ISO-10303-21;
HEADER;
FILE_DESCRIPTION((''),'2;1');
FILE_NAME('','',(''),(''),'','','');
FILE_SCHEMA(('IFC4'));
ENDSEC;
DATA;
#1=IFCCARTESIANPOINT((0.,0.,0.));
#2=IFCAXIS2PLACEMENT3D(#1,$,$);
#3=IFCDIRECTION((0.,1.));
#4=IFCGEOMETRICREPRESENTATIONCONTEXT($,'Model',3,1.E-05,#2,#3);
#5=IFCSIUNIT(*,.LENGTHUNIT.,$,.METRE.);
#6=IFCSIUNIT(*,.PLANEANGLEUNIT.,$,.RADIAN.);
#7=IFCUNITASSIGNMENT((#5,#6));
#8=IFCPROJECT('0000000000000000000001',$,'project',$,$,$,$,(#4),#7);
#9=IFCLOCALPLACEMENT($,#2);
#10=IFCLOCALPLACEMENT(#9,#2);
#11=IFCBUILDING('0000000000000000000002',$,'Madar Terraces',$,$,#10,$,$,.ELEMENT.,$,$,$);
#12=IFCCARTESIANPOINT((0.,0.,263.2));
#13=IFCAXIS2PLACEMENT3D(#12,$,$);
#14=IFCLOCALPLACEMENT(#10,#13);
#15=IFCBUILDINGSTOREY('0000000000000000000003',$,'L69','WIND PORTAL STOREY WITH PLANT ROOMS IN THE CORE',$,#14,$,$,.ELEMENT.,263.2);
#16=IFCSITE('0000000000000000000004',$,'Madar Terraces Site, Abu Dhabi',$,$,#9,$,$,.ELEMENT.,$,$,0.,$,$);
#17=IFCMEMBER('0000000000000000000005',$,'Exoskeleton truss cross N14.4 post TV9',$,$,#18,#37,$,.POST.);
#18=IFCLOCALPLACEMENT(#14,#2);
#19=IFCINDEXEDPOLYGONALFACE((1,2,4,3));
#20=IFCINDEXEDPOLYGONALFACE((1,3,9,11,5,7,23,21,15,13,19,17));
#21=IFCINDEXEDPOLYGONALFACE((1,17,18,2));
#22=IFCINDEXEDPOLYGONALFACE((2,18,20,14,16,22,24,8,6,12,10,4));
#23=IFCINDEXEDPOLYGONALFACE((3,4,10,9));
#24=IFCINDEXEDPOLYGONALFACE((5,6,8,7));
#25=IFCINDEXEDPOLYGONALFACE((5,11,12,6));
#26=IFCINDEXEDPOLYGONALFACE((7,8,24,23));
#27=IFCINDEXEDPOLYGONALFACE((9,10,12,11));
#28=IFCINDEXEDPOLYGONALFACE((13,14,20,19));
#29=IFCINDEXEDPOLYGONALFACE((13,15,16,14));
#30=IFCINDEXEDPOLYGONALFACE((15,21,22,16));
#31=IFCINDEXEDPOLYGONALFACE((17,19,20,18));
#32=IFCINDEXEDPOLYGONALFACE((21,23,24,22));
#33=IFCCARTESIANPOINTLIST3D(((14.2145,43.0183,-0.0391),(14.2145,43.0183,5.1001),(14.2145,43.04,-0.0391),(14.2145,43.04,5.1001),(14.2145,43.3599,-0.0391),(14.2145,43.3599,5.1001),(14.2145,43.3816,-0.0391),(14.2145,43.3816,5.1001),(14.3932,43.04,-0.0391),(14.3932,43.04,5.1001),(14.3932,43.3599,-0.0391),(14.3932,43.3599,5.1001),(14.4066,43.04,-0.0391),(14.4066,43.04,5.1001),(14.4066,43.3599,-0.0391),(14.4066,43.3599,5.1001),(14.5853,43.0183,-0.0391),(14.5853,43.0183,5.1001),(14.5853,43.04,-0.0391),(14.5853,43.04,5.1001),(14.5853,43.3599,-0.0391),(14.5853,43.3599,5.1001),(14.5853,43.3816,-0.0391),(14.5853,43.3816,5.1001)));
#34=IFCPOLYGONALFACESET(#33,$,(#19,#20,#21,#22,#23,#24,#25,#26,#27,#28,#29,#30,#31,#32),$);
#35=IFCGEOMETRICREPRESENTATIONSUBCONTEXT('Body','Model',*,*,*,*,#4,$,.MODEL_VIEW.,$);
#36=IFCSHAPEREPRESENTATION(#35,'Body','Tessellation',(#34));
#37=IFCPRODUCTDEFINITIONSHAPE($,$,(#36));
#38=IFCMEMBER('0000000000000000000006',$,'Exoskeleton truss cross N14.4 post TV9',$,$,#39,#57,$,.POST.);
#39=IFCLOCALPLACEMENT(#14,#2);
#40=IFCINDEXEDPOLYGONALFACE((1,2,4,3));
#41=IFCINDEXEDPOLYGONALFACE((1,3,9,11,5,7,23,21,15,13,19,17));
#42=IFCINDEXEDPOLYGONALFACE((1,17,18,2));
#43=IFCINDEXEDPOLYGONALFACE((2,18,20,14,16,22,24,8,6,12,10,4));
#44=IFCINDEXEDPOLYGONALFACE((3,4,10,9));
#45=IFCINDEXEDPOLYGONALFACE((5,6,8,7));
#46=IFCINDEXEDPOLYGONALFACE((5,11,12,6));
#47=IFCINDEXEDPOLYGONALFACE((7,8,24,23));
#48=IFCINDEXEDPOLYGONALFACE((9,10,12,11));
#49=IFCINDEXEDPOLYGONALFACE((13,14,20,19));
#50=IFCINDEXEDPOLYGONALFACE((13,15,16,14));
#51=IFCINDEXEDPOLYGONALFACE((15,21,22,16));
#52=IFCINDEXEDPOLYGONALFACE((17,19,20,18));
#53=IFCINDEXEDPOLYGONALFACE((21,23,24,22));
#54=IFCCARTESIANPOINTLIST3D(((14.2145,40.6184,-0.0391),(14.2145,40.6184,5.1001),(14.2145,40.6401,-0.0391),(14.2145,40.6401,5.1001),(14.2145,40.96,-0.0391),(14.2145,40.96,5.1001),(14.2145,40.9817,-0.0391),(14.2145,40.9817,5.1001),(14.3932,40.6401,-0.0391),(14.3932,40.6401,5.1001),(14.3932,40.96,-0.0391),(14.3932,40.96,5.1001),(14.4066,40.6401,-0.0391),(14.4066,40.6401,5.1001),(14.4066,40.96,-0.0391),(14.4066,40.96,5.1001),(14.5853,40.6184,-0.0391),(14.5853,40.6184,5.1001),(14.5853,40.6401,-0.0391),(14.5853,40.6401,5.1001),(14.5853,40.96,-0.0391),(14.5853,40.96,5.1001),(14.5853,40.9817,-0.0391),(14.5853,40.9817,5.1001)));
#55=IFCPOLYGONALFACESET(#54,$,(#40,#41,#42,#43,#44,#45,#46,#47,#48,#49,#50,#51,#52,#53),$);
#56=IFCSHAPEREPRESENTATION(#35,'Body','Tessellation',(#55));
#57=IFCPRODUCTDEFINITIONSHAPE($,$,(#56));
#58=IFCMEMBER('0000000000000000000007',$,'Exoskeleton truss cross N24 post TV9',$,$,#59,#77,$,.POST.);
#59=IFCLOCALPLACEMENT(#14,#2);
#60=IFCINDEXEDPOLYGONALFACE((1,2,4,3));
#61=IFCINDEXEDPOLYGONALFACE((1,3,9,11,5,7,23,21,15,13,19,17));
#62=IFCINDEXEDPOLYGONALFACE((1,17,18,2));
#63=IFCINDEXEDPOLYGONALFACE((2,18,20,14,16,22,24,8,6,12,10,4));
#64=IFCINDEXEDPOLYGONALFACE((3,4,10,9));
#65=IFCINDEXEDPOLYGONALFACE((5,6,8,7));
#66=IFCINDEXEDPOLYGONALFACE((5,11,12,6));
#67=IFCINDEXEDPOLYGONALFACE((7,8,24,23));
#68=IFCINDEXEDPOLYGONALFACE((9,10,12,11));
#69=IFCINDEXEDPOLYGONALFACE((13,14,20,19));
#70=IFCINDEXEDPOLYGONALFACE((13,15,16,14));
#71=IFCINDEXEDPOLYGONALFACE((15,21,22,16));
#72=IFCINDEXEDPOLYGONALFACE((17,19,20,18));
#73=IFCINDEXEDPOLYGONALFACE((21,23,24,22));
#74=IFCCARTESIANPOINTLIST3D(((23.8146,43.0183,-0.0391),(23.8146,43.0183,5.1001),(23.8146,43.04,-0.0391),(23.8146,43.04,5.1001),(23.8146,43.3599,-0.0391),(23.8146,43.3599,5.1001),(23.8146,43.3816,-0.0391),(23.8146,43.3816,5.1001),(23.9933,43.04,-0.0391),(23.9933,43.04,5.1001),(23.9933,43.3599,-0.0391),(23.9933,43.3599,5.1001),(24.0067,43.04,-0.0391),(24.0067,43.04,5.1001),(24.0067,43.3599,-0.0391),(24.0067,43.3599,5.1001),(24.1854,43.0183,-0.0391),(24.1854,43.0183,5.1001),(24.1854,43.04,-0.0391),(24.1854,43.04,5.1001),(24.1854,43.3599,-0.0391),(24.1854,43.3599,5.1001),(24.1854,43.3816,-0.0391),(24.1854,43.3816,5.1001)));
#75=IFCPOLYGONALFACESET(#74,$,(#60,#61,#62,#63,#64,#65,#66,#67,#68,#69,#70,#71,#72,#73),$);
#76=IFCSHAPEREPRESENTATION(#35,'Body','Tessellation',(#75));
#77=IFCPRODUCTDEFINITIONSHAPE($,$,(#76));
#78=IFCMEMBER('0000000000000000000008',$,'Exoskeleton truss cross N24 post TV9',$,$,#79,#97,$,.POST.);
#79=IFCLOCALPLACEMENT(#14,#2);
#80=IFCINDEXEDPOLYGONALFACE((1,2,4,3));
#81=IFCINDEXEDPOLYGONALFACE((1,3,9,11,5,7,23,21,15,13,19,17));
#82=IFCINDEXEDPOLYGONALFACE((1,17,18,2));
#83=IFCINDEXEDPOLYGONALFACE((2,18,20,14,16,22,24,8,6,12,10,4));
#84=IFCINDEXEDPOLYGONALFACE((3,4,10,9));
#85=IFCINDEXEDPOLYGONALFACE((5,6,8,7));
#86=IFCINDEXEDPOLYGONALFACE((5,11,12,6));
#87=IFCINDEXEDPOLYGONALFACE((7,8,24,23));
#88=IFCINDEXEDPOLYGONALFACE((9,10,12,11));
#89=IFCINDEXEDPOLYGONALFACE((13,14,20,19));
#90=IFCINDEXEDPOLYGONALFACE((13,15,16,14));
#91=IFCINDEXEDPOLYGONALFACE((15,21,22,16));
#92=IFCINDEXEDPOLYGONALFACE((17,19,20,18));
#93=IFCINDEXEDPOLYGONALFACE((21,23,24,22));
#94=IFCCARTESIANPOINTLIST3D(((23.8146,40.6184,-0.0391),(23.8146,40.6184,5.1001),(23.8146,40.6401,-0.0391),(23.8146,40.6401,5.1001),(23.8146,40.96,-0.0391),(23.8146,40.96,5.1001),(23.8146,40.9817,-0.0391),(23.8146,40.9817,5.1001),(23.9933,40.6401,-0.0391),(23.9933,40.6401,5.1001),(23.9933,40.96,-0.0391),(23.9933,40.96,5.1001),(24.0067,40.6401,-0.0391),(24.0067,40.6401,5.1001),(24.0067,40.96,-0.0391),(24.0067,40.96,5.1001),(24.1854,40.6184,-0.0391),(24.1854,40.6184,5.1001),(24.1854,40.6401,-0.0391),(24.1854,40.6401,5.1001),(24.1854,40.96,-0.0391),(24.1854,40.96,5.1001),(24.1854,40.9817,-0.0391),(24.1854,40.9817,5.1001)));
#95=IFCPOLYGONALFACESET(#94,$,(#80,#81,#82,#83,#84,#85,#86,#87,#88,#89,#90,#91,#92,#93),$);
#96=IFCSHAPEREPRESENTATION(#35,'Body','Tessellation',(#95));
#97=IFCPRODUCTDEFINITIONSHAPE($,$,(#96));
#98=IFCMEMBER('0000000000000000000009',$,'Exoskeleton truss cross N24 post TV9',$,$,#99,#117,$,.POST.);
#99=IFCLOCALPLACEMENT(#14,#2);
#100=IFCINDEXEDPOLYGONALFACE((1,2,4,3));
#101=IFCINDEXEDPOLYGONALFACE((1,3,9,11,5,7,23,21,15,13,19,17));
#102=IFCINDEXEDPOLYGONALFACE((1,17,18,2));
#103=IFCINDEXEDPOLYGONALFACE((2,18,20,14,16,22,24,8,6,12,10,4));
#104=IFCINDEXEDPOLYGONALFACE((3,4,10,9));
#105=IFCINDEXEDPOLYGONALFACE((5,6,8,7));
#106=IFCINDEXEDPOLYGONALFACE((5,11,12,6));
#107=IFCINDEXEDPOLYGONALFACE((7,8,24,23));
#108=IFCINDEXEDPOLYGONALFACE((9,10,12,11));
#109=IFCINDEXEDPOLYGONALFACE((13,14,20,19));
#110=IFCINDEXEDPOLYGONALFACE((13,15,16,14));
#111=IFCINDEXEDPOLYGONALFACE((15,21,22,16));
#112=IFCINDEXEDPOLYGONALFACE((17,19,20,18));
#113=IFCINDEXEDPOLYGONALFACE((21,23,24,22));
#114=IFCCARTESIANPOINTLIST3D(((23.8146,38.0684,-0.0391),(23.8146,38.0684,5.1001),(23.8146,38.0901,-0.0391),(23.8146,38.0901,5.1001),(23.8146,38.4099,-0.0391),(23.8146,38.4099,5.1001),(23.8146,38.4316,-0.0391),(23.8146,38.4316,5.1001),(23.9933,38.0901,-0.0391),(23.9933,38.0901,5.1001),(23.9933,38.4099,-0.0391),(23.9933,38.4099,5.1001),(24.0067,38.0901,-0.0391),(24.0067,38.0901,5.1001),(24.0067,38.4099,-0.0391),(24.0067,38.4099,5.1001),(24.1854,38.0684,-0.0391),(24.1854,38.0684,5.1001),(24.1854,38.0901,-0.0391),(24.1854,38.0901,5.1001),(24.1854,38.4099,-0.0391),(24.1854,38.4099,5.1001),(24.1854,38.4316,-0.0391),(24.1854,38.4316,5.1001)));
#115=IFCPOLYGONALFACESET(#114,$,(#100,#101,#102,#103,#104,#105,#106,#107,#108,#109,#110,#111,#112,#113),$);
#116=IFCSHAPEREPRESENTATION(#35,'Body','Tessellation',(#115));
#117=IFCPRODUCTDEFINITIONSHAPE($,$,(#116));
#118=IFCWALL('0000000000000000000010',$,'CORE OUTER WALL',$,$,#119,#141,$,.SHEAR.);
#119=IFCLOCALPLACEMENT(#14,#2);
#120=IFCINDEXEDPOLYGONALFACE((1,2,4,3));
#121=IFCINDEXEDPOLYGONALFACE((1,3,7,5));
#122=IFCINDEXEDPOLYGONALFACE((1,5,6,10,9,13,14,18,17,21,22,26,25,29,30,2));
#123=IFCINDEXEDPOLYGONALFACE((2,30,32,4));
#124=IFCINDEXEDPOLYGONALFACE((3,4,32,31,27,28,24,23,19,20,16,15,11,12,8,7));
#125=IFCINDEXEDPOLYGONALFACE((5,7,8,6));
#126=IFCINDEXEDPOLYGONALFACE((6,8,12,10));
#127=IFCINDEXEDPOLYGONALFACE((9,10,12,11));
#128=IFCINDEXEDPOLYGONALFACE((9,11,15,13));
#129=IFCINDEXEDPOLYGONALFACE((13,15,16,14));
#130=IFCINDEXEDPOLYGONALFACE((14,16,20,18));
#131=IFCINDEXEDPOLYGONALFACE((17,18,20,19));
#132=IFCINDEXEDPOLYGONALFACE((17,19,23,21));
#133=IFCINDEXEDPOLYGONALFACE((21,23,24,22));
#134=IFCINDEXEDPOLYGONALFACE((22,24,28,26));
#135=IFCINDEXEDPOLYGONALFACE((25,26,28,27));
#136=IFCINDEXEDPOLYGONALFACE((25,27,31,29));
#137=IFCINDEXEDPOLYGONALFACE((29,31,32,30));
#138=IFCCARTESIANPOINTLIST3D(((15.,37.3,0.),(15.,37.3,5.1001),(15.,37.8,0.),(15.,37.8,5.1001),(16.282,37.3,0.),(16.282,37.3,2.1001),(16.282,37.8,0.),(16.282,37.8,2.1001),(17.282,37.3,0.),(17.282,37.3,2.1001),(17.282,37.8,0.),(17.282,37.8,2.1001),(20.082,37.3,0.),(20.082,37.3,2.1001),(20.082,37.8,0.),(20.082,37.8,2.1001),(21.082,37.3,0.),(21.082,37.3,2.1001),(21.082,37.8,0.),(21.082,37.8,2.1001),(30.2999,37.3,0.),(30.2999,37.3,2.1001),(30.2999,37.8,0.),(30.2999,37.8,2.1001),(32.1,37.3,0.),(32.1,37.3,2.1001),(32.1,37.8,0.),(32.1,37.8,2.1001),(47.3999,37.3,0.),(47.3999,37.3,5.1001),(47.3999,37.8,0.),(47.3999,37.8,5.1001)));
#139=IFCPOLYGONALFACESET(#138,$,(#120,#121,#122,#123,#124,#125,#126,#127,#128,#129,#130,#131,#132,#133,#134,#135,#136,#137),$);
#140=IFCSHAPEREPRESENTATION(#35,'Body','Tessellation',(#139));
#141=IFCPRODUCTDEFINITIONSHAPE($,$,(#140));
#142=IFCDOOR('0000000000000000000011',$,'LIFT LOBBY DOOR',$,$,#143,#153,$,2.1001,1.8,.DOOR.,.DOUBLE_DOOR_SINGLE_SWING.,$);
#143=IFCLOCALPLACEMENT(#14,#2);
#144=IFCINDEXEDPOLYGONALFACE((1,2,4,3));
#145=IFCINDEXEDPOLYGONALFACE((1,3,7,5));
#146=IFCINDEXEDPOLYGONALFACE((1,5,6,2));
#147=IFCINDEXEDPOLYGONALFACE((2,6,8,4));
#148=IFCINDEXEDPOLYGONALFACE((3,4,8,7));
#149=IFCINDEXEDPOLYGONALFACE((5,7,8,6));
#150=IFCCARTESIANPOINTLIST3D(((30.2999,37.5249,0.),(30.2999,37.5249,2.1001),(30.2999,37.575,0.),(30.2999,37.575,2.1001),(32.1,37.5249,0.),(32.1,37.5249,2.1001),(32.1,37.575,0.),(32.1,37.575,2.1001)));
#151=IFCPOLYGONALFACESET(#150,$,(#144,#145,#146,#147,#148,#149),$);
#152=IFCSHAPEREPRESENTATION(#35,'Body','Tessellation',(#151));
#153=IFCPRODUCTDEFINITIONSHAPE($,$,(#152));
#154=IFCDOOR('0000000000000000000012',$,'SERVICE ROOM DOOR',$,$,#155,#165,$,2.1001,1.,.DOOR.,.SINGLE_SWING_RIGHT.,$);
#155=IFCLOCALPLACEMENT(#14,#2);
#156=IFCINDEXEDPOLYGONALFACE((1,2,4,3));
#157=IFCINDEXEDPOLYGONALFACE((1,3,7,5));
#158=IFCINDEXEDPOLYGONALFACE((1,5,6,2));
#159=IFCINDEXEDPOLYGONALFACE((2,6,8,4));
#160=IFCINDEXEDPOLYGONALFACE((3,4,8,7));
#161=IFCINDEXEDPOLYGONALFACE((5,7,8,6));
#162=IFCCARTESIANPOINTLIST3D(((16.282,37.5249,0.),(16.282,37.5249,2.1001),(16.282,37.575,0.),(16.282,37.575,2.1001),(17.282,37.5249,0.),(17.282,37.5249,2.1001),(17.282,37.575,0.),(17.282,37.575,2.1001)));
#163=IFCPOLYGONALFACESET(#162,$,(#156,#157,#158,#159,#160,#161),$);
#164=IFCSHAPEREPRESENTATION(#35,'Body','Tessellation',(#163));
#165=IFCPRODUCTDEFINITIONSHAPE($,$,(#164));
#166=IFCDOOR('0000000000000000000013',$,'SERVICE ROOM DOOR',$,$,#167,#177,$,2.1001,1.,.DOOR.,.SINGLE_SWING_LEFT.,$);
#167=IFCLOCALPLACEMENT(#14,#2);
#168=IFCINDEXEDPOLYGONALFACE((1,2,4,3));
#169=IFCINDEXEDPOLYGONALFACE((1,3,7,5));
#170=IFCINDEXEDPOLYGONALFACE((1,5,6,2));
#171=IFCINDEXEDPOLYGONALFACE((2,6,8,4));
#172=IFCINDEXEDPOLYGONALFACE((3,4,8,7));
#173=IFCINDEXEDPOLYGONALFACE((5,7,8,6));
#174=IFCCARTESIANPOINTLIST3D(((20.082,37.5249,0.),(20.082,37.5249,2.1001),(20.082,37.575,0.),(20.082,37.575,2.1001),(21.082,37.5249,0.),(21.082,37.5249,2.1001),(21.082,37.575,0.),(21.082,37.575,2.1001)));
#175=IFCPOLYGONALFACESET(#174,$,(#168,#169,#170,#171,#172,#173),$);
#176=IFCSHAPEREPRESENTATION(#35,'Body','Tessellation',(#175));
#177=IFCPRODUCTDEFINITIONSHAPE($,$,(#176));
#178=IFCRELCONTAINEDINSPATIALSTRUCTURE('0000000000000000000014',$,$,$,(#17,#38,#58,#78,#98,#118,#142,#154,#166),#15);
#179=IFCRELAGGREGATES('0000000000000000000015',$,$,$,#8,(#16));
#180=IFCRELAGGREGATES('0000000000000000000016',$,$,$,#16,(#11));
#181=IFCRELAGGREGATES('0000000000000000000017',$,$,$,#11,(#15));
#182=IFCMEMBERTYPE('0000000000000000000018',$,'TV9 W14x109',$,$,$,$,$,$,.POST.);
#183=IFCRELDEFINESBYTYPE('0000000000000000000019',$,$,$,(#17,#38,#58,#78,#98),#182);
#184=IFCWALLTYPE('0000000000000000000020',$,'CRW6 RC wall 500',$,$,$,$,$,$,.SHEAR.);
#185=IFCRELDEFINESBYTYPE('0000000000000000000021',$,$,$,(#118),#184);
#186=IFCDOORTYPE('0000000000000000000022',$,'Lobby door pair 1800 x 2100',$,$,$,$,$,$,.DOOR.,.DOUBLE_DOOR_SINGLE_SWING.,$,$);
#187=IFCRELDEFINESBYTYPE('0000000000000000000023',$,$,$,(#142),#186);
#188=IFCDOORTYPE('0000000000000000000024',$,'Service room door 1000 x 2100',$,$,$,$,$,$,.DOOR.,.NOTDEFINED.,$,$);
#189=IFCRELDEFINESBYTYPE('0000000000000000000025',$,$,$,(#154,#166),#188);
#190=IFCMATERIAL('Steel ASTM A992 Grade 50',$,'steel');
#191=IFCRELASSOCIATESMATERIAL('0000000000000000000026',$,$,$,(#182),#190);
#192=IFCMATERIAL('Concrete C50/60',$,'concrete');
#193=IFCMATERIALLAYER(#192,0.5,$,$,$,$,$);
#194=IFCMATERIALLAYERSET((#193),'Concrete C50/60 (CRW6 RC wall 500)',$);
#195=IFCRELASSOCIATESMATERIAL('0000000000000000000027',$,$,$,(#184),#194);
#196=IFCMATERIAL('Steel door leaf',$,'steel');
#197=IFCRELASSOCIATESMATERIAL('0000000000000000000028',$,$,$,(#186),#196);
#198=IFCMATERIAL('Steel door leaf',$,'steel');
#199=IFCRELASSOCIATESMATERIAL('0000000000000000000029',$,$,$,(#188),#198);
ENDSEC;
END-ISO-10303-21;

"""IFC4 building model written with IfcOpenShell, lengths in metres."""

from ifc_helpers import new_model, si_unit, direction, frame, frame_2d, origin, origin_2d, place, context, subcontext, project, spatial, rectangle, i_section, extrude, material, layer, layer_set, material_profile, profile_set, type_object, element, fill, save


model = new_model("IFC4")

# Units and contexts
model_context = context("Model", 3, precision=1e-05, world=origin(), true_north=direction((0.0, 1.0)))
body_context = subcontext(model_context, "Body", "Model", "MODEL_VIEW")
ifc_project = project(units=[si_unit("LENGTHUNIT", "METRE"), si_unit("PLANEANGLEUNIT", "RADIAN")], contexts=[model_context])

# Site, building, storey
site_placement = place(None, origin())
site = spatial("IfcSite", under=ifc_project, at=site_placement, Name="Madar Terraces Site, Abu Dhabi", CompositionType="ELEMENT", RefElevation=0.0)
building_placement = place(site_placement, origin())
building = spatial("IfcBuilding", under=site, at=building_placement, Name="Madar Terraces", CompositionType="ELEMENT")
storey_placement = place(building_placement, frame((0.0, 0.0, 263.2)))
storey = spatial("IfcBuildingStorey", under=building, at=storey_placement, Name="L69", Description="WIND PORTAL STOREY WITH PLANT ROOMS IN THE CORE", CompositionType="ELEMENT", Elevation=263.2)

# Members
ifc_material_1 = material(Name="Steel ASTM A992 Grade 50", Category="steel")
ifc_material_profile_1 = material_profile(ifc_material_1, i_section(OverallWidth=0.3708, OverallDepth=0.3633, WebThickness=0.0134, FlangeThickness=0.0217, at=origin_2d()), Name="W14x109")
ifc_profile_set_1 = profile_set([ifc_material_profile_1], Name="Steel ASTM A992 Grade 50")
member_type_1 = type_object("IfcMemberType", Name="TV9 W14x109", PredefinedType="POST", material=ifc_profile_set_1)
for number, where, z_axis, x_axis, name in (
    (1, (14.3999, 43.2, -0.0391), (0.0, 0.0, 1.0), (-1.0, 0.0, 0.0), "Exoskeleton truss cross N14.4 post TV9"),
    (2, (14.3999, 40.8, -0.0391), (0.0, 0.0, 1.0), (-1.0, 0.0, 0.0), "Exoskeleton truss cross N14.4 post TV9"),
    (3, (24.0, 43.2, -0.0391), (0.0, 0.0, 1.0), (-1.0, 0.0, 0.0), "Exoskeleton truss cross N24 post TV9"),
    (4, (24.0, 40.8, -0.0391), (0.0, 0.0, 1.0), (-1.0, 0.0, 0.0), "Exoskeleton truss cross N24 post TV9"),
    (5, (24.0, 38.25, -0.0391), (0.0, 0.0, 1.0), (-1.0, 0.0, 0.0), "Exoskeleton truss cross N24 post TV9"),
):
    element("IfcMember", number, at=place(storey_placement, frame(where, z_axis=z_axis, x_axis=x_axis)), inside=storey, type_object=member_type_1, Name=name, PredefinedType="POST", context=body_context, shape_type="SweptSolid", body=[
        extrude(i_section(OverallWidth=0.3708, OverallDepth=0.3633, WebThickness=0.0134, FlangeThickness=0.0217, at=origin_2d()), origin(), (0.0, 0.0, 1.0), 5.1392),
    ])

# Wall, openings, doors
ifc_material_2 = material(Name="Concrete C50/60", Category="concrete")
ifc_layer = layer(ifc_material_2, 0.5)
ifc_layer_set = layer_set([ifc_layer], Name="Concrete C50/60 (CRW6 RC wall 500)")
wall_type = type_object("IfcWallType", Name="CRW6 RC wall 500", PredefinedType="SHEAR", material=ifc_layer_set)
wall_placement = place(storey_placement, frame((15.0, 37.55, 0.0), z_axis=(0.0, 0.0, 1.0), x_axis=(1.0, 0.0, 0.0)))
wall = element("IfcWall", 6, at=wall_placement, inside=storey, type_object=wall_type, Name="CORE OUTER WALL", PredefinedType="SHEAR", context=body_context, shape_type="SweptSolid", body=[
    extrude(rectangle(XDim=32.3999, YDim=0.5, at=frame_2d((16.2, 0.0))), origin(), (0.0, 0.0, 1.0), 5.1001),
])
opening_1_placement = place(wall_placement, frame((15.3, 0.0, 0.0)))
opening_1 = element("IfcOpeningElement", 7, at=opening_1_placement, cuts=wall, PredefinedType="OPENING", context=body_context, shape_type="SweptSolid", body=[
    extrude(rectangle(XDim=1.8, YDim=2.1001, at=frame_2d((0.8999, 1.05))), frame((0.0, 0.26, 0.0), z_axis=(0.0, -1.0, 0.0), x_axis=(1.0, 0.0, 0.0)), (0.0, 0.0, 1.0), 0.52),
])
opening_2_placement = place(wall_placement, frame((1.282, 0.0, 0.0)))
opening_2 = element("IfcOpeningElement", 8, at=opening_2_placement, cuts=wall, PredefinedType="OPENING", context=body_context, shape_type="SweptSolid", body=[
    extrude(rectangle(XDim=1.0, YDim=2.1001, at=frame_2d((0.5, 1.05))), frame((0.0, 0.26, 0.0), z_axis=(0.0, -1.0, 0.0), x_axis=(1.0, 0.0, 0.0)), (0.0, 0.0, 1.0), 0.52),
])
opening_3_placement = place(wall_placement, frame((5.082, 0.0, 0.0)))
opening_3 = element("IfcOpeningElement", 9, at=opening_3_placement, cuts=wall, PredefinedType="OPENING", context=body_context, shape_type="SweptSolid", body=[
    extrude(rectangle(XDim=1.0, YDim=2.1001, at=frame_2d((0.5, 1.05))), frame((0.0, 0.26, 0.0), z_axis=(0.0, -1.0, 0.0), x_axis=(1.0, 0.0, 0.0)), (0.0, 0.0, 1.0), 0.52),
])
ifc_material_3 = material(Name="Steel door leaf", Category="steel")
door_type_1 = type_object("IfcDoorType", Name="Lobby door pair 1800 x 2100", OperationType="DOUBLE_DOOR_SINGLE_SWING", PredefinedType="DOOR", material=ifc_material_3)
door_1_placement = place(opening_1_placement, origin())
door_1 = element("IfcDoor", 10, at=door_1_placement, inside=storey, type_object=door_type_1, Name="LIFT LOBBY DOOR", OperationType="DOUBLE_DOOR_SINGLE_SWING", OverallHeight=2.1001, OverallWidth=1.8, PredefinedType="DOOR", context=body_context, shape_type="SweptSolid", body=[
    extrude(rectangle(XDim=1.8, YDim=2.1001, at=frame_2d((0.8999, 1.05))), frame((0.0, 0.0249, 0.0), z_axis=(0.0, -1.0, 0.0), x_axis=(1.0, 0.0, 0.0)), (0.0, 0.0, 1.0), 0.05),
])
fill(opening_1, door_1)
ifc_material_4 = material(Name="Steel door leaf", Category="steel")
door_type_2 = type_object("IfcDoorType", Name="Service room door 1000 x 2100", OperationType="NOTDEFINED", PredefinedType="DOOR", material=ifc_material_4)
door_2_placement = place(opening_2_placement, origin())
door_2 = element("IfcDoor", 11, at=door_2_placement, inside=storey, type_object=door_type_2, Name="SERVICE ROOM DOOR", OperationType="SINGLE_SWING_RIGHT", OverallHeight=2.1001, OverallWidth=1.0, PredefinedType="DOOR", context=body_context, shape_type="SweptSolid", body=[
    extrude(rectangle(XDim=1.0, YDim=2.1001, at=frame_2d((0.5, 1.05))), frame((0.0, 0.0249, 0.0), z_axis=(0.0, -1.0, 0.0), x_axis=(1.0, 0.0, 0.0)), (0.0, 0.0, 1.0), 0.05),
])
fill(opening_2, door_2)
door_3_placement = place(opening_3_placement, origin())
door_3 = element("IfcDoor", 12, at=door_3_placement, inside=storey, type_object=door_type_2, Name="SERVICE ROOM DOOR", OperationType="SINGLE_SWING_LEFT", OverallHeight=2.1001, OverallWidth=1.0, PredefinedType="DOOR", context=body_context, shape_type="SweptSolid", body=[
    extrude(rectangle(XDim=1.0, YDim=2.1001, at=frame_2d((0.5, 1.05))), frame((0.0, 0.0249, 0.0), z_axis=(0.0, -1.0, 0.0), x_axis=(1.0, 0.0, 0.0)), (0.0, 0.0, 1.0), 0.05),
])
fill(opening_3, door_3)

save(model, "model.ifc")
